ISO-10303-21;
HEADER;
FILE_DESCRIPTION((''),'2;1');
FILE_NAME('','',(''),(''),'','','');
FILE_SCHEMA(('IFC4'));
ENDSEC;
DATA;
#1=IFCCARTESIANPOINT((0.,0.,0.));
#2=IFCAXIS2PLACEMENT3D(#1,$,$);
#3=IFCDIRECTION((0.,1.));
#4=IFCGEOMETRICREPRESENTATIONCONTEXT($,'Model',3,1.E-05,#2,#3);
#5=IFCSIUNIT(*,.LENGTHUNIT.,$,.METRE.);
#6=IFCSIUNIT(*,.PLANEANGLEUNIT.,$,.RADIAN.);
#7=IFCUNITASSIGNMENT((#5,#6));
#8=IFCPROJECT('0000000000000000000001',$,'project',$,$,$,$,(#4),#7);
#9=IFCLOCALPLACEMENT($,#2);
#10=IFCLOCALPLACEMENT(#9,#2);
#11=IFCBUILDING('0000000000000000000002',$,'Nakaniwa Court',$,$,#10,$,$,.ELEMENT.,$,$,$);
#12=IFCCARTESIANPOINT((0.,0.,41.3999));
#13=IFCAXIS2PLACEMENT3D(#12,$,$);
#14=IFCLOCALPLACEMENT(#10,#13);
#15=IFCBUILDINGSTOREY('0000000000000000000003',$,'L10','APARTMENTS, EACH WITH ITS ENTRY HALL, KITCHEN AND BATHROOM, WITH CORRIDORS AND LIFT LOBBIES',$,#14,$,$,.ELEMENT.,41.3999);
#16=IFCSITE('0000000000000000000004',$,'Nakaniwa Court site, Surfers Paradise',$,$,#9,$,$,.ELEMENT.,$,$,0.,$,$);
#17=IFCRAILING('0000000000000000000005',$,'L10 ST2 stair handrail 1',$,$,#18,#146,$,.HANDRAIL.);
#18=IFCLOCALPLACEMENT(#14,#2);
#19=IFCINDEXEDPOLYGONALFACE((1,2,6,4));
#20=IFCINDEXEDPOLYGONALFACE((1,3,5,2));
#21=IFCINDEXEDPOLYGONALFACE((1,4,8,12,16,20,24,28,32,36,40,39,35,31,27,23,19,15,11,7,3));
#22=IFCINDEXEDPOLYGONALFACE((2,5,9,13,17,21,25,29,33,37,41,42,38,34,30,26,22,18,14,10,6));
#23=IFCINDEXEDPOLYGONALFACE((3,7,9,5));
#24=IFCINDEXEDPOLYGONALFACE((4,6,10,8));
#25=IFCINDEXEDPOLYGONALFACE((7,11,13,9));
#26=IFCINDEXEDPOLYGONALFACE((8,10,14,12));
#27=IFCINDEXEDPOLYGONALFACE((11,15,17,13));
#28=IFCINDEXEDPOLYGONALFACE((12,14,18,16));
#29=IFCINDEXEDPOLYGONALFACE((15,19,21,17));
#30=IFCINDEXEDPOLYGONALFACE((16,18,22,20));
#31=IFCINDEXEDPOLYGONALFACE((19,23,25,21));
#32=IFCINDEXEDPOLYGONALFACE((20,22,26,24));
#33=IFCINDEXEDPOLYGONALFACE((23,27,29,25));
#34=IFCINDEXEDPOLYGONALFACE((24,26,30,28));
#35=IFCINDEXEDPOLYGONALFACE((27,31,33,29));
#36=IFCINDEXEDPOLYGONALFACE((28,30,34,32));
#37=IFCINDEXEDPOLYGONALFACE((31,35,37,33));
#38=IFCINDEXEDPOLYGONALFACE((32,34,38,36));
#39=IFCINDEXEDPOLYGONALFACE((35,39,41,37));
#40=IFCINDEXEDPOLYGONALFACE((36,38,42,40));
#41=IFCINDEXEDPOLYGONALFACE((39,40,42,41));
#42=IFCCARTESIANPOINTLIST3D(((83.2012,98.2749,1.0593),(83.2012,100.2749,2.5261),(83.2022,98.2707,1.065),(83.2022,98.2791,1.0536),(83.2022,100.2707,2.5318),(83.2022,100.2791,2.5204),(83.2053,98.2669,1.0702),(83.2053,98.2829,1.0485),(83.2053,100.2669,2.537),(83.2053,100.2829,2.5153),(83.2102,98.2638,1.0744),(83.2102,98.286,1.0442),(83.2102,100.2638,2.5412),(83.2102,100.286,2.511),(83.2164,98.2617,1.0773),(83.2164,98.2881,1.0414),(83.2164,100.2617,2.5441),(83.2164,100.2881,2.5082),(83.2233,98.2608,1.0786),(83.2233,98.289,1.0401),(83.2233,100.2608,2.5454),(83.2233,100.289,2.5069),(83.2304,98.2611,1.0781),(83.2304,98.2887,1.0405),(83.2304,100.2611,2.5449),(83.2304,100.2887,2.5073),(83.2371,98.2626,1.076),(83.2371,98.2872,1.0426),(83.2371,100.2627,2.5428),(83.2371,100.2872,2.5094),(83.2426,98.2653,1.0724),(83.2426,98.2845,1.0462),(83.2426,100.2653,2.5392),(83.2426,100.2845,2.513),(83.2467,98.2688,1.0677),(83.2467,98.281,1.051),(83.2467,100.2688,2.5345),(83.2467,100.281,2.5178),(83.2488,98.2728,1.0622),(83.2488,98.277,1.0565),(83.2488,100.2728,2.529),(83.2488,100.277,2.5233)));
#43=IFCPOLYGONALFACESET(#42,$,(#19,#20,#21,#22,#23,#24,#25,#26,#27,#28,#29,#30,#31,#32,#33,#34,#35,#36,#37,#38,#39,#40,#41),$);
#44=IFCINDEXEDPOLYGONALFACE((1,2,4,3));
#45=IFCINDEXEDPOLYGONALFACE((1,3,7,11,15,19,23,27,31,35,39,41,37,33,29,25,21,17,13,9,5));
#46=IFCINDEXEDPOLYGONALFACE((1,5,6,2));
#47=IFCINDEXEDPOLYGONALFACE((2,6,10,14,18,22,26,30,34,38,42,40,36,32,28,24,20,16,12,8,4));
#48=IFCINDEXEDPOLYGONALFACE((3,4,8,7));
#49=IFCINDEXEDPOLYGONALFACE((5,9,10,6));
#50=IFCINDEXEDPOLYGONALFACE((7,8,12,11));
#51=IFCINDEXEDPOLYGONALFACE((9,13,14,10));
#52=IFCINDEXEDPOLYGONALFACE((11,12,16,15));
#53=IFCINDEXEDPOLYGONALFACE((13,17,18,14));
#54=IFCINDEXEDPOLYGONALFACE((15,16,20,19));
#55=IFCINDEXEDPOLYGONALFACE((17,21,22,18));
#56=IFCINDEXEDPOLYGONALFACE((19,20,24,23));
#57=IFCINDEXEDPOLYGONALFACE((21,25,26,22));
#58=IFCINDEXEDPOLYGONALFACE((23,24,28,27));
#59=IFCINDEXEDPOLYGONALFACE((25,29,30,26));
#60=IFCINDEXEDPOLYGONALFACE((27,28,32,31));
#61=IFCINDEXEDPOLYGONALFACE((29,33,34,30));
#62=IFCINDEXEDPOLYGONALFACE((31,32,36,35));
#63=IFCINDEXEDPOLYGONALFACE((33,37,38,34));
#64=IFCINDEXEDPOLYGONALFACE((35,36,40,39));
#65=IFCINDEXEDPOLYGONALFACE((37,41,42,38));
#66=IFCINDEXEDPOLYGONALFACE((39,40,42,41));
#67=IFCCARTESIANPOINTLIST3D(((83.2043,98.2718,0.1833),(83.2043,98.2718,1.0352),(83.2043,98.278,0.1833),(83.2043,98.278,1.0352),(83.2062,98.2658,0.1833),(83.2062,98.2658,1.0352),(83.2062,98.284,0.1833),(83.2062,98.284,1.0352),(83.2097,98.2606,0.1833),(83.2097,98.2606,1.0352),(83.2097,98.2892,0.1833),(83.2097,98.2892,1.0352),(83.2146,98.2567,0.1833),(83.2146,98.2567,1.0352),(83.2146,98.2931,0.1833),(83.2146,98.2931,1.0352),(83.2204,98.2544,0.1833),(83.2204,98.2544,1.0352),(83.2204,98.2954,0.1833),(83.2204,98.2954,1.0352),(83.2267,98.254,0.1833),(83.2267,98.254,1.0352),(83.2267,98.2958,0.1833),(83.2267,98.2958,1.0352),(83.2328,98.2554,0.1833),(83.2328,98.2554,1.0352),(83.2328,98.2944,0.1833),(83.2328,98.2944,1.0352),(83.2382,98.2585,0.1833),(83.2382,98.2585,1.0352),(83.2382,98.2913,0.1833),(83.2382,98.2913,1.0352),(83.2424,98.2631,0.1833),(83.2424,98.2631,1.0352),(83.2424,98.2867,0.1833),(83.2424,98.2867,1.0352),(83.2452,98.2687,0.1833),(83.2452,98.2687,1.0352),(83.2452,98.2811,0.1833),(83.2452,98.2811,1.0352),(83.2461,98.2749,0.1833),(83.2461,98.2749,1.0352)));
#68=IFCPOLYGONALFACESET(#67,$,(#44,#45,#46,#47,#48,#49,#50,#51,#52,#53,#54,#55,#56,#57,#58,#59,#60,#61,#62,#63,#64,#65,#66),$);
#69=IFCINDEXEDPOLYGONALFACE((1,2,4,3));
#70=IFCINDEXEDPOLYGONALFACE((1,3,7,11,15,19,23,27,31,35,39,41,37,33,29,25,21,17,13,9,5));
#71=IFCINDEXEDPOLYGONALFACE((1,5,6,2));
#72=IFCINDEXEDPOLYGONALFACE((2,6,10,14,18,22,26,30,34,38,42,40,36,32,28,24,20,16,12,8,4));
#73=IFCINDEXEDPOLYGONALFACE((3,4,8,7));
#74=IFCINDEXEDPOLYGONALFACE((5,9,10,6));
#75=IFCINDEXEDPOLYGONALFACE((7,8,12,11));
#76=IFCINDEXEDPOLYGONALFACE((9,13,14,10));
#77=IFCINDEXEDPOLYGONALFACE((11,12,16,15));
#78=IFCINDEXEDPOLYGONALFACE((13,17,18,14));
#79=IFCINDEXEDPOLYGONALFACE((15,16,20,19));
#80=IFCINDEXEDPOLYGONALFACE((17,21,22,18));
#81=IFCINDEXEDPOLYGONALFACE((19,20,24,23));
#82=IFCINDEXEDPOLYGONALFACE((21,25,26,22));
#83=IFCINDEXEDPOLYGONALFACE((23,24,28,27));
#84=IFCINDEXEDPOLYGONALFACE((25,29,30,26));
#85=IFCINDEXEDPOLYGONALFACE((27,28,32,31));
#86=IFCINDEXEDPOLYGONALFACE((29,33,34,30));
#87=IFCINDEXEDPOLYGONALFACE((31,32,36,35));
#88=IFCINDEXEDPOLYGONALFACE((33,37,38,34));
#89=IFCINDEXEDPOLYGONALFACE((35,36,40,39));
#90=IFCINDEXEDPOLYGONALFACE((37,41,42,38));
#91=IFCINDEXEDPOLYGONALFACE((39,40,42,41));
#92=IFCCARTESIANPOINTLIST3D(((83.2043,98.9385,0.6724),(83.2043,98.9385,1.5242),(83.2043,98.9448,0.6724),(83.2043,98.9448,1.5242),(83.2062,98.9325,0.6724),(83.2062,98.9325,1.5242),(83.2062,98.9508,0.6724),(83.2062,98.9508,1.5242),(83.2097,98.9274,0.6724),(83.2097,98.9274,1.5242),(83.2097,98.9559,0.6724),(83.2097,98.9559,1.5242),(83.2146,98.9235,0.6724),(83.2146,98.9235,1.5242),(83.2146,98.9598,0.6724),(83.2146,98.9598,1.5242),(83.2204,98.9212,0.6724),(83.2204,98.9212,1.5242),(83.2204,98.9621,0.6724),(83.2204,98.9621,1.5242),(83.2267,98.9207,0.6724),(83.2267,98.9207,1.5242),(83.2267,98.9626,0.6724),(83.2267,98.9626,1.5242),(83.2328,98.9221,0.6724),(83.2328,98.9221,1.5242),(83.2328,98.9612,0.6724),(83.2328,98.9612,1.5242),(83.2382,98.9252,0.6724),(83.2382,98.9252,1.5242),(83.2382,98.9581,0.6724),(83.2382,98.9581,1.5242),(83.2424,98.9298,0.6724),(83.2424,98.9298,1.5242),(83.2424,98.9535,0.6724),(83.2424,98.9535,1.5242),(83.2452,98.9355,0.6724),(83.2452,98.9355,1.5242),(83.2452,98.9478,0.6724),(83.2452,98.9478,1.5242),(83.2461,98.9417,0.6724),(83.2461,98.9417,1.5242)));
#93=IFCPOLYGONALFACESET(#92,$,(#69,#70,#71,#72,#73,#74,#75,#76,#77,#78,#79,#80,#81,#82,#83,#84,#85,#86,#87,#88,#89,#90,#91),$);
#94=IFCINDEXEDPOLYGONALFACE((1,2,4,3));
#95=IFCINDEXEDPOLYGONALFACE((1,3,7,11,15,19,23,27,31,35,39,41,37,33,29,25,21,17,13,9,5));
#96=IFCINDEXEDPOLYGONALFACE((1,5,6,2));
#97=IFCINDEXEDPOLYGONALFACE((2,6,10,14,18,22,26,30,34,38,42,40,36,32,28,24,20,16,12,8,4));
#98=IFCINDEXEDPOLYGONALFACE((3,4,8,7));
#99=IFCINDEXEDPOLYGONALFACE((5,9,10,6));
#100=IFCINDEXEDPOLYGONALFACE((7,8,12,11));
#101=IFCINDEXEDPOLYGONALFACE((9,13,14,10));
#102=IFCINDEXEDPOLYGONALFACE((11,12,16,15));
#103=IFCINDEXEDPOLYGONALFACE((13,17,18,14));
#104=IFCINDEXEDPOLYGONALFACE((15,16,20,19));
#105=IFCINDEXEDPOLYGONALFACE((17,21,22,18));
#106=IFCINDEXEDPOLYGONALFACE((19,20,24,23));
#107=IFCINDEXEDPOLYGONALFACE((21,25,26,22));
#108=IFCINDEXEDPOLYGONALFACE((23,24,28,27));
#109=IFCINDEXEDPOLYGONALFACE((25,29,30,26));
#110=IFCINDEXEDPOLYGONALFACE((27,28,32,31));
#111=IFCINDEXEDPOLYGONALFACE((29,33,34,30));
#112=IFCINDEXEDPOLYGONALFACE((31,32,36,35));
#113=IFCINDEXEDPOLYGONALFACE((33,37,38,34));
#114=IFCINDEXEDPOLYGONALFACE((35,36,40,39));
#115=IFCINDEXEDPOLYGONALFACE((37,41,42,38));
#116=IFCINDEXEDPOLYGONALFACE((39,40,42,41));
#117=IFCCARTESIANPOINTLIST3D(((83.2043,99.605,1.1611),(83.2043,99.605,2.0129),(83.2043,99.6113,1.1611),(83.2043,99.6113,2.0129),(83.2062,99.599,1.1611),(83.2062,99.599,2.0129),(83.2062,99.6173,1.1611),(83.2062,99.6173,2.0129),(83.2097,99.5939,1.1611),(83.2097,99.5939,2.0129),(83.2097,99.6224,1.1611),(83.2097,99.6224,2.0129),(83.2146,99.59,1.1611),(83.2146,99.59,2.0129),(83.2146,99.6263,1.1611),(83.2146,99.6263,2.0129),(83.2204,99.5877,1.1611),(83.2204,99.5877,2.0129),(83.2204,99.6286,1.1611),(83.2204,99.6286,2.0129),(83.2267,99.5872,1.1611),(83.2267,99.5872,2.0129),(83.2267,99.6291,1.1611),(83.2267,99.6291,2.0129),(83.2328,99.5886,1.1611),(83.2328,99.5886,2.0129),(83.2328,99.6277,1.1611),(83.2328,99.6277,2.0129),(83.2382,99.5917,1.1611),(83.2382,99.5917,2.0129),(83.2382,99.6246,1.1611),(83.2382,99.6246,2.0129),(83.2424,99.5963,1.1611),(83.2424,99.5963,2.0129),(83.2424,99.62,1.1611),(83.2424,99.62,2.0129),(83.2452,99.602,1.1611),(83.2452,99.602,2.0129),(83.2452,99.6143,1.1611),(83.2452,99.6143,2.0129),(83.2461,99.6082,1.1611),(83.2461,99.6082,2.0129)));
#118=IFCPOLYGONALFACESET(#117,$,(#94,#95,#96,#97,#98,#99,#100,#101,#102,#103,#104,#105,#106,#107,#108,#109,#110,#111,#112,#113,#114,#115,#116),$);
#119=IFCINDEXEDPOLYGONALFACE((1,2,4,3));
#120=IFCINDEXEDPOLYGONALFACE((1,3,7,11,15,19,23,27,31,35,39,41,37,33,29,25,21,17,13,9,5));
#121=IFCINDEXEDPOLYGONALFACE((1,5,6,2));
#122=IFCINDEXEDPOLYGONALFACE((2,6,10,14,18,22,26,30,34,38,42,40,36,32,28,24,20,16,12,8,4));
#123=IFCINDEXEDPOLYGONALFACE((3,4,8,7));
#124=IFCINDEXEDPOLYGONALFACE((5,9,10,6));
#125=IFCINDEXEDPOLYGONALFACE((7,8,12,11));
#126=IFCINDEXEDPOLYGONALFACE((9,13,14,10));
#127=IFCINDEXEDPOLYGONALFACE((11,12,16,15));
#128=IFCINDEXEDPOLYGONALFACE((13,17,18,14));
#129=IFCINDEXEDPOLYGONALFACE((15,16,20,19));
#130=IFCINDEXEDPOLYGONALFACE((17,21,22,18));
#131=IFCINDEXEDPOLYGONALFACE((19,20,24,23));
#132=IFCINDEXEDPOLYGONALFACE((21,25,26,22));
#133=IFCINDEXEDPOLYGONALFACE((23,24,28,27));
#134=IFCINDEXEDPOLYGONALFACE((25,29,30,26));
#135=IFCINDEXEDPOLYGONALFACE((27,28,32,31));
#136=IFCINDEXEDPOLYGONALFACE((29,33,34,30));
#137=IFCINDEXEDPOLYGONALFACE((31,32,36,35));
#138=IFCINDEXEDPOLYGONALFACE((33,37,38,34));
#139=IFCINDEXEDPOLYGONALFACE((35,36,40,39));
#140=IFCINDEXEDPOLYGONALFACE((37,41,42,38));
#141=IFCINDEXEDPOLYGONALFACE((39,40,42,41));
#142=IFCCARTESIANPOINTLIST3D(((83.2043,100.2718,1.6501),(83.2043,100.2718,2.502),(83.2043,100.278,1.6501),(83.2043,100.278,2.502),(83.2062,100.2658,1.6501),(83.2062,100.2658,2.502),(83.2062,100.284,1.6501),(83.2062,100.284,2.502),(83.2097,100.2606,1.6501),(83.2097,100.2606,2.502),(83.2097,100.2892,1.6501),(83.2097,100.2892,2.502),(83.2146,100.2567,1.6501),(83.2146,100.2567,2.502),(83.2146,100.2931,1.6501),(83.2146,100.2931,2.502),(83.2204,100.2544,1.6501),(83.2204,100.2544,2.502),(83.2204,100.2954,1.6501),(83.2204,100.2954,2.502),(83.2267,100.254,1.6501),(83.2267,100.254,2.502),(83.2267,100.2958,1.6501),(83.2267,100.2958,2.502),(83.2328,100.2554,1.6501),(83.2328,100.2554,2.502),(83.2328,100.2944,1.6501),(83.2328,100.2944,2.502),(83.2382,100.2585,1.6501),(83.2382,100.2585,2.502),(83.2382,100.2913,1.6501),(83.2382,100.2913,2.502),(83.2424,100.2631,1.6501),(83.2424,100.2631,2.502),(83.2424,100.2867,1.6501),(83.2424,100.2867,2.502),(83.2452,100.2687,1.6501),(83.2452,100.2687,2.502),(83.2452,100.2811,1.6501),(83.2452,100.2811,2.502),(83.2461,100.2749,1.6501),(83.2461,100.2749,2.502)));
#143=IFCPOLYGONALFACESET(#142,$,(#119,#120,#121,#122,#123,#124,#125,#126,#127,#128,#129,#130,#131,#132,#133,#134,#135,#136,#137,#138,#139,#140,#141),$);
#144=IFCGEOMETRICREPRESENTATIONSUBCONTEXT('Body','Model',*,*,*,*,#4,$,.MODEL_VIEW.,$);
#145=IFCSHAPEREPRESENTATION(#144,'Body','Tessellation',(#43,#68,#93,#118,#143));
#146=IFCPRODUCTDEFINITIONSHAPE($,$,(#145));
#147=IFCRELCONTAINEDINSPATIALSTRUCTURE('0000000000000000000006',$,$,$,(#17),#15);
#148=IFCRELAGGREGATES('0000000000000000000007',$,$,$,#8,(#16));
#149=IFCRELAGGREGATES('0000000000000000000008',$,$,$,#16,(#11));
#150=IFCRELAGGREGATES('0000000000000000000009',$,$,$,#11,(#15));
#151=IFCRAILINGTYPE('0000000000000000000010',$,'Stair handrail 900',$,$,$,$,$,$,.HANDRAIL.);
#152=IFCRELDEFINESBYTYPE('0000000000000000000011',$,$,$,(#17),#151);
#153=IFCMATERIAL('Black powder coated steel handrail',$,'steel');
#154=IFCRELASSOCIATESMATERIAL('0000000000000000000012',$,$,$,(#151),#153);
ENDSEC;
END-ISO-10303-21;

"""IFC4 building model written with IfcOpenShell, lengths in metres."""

from ifc_helpers import new_model, si_unit, direction, frame, origin, origin_2d, place, context, subcontext, project, spatial, circle, extrude, material, type_object, element, save


model = new_model("IFC4")

# Units and contexts
model_context = context("Model", 3, precision=1e-05, world=origin(), true_north=direction((0.0, 1.0)))
body_context = subcontext(model_context, "Body", "Model", "MODEL_VIEW")
ifc_project = project(units=[si_unit("LENGTHUNIT", "METRE"), si_unit("PLANEANGLEUNIT", "RADIAN")], contexts=[model_context])

# Site, building, storey
site_placement = place(None, origin())
site = spatial("IfcSite", under=ifc_project, at=site_placement, Name="Nakaniwa Court site, Surfers Paradise", CompositionType="ELEMENT", RefElevation=0.0)
building_placement = place(site_placement, origin())
building = spatial("IfcBuilding", under=site, at=building_placement, Name="Nakaniwa Court", CompositionType="ELEMENT")
storey_placement = place(building_placement, frame((0.0, 0.0, 41.3999)))
storey = spatial("IfcBuildingStorey", under=building, at=storey_placement, Name="L10", Description="APARTMENTS, EACH WITH ITS ENTRY HALL, KITCHEN AND BATHROOM, WITH CORRIDORS AND LIFT LOBBIES", CompositionType="ELEMENT", Elevation=41.3999)

# Railing
ifc_material_1 = material(Name="Black powder coated steel handrail", Category="steel")
railing_type_1 = type_object("IfcRailingType", Name="Stair handrail 900", PredefinedType="HANDRAIL", material=ifc_material_1)
railing_1_placement = place(storey_placement, frame((83.2251, 98.2749, 0.1833)))
element("IfcRailing", 1, at=railing_1_placement, inside=storey, type_object=railing_type_1, Name="L10 ST2 stair handrail 1", PredefinedType="HANDRAIL", context=body_context, shape_type="SweptSolid", body=[
    extrude(circle(Radius=0.0239, at=origin_2d()), frame((0.0, 0.0, 0.876), z_axis=(0.0, 0.80638, 0.591398), x_axis=(-1.0, 0.0, 0.0)), (0.0, 0.0, 1.0), 2.4802),
    extrude(circle(Radius=0.021, at=origin_2d()), origin(), (0.0, 0.0, 1.0), 0.8518),
    extrude(circle(Radius=0.021, at=origin_2d()), frame((0.0, 0.6667, 0.489)), (0.0, 0.0, 1.0), 0.8518),
    extrude(circle(Radius=0.021, at=origin_2d()), frame((0.0, 1.3333, 0.9778)), (0.0, 0.0, 1.0), 0.8518),
    extrude(circle(Radius=0.021, at=origin_2d()), frame((0.0, 2.0, 1.4668)), (0.0, 0.0, 1.0), 0.8518),
])

save(model, "model.ifc")
